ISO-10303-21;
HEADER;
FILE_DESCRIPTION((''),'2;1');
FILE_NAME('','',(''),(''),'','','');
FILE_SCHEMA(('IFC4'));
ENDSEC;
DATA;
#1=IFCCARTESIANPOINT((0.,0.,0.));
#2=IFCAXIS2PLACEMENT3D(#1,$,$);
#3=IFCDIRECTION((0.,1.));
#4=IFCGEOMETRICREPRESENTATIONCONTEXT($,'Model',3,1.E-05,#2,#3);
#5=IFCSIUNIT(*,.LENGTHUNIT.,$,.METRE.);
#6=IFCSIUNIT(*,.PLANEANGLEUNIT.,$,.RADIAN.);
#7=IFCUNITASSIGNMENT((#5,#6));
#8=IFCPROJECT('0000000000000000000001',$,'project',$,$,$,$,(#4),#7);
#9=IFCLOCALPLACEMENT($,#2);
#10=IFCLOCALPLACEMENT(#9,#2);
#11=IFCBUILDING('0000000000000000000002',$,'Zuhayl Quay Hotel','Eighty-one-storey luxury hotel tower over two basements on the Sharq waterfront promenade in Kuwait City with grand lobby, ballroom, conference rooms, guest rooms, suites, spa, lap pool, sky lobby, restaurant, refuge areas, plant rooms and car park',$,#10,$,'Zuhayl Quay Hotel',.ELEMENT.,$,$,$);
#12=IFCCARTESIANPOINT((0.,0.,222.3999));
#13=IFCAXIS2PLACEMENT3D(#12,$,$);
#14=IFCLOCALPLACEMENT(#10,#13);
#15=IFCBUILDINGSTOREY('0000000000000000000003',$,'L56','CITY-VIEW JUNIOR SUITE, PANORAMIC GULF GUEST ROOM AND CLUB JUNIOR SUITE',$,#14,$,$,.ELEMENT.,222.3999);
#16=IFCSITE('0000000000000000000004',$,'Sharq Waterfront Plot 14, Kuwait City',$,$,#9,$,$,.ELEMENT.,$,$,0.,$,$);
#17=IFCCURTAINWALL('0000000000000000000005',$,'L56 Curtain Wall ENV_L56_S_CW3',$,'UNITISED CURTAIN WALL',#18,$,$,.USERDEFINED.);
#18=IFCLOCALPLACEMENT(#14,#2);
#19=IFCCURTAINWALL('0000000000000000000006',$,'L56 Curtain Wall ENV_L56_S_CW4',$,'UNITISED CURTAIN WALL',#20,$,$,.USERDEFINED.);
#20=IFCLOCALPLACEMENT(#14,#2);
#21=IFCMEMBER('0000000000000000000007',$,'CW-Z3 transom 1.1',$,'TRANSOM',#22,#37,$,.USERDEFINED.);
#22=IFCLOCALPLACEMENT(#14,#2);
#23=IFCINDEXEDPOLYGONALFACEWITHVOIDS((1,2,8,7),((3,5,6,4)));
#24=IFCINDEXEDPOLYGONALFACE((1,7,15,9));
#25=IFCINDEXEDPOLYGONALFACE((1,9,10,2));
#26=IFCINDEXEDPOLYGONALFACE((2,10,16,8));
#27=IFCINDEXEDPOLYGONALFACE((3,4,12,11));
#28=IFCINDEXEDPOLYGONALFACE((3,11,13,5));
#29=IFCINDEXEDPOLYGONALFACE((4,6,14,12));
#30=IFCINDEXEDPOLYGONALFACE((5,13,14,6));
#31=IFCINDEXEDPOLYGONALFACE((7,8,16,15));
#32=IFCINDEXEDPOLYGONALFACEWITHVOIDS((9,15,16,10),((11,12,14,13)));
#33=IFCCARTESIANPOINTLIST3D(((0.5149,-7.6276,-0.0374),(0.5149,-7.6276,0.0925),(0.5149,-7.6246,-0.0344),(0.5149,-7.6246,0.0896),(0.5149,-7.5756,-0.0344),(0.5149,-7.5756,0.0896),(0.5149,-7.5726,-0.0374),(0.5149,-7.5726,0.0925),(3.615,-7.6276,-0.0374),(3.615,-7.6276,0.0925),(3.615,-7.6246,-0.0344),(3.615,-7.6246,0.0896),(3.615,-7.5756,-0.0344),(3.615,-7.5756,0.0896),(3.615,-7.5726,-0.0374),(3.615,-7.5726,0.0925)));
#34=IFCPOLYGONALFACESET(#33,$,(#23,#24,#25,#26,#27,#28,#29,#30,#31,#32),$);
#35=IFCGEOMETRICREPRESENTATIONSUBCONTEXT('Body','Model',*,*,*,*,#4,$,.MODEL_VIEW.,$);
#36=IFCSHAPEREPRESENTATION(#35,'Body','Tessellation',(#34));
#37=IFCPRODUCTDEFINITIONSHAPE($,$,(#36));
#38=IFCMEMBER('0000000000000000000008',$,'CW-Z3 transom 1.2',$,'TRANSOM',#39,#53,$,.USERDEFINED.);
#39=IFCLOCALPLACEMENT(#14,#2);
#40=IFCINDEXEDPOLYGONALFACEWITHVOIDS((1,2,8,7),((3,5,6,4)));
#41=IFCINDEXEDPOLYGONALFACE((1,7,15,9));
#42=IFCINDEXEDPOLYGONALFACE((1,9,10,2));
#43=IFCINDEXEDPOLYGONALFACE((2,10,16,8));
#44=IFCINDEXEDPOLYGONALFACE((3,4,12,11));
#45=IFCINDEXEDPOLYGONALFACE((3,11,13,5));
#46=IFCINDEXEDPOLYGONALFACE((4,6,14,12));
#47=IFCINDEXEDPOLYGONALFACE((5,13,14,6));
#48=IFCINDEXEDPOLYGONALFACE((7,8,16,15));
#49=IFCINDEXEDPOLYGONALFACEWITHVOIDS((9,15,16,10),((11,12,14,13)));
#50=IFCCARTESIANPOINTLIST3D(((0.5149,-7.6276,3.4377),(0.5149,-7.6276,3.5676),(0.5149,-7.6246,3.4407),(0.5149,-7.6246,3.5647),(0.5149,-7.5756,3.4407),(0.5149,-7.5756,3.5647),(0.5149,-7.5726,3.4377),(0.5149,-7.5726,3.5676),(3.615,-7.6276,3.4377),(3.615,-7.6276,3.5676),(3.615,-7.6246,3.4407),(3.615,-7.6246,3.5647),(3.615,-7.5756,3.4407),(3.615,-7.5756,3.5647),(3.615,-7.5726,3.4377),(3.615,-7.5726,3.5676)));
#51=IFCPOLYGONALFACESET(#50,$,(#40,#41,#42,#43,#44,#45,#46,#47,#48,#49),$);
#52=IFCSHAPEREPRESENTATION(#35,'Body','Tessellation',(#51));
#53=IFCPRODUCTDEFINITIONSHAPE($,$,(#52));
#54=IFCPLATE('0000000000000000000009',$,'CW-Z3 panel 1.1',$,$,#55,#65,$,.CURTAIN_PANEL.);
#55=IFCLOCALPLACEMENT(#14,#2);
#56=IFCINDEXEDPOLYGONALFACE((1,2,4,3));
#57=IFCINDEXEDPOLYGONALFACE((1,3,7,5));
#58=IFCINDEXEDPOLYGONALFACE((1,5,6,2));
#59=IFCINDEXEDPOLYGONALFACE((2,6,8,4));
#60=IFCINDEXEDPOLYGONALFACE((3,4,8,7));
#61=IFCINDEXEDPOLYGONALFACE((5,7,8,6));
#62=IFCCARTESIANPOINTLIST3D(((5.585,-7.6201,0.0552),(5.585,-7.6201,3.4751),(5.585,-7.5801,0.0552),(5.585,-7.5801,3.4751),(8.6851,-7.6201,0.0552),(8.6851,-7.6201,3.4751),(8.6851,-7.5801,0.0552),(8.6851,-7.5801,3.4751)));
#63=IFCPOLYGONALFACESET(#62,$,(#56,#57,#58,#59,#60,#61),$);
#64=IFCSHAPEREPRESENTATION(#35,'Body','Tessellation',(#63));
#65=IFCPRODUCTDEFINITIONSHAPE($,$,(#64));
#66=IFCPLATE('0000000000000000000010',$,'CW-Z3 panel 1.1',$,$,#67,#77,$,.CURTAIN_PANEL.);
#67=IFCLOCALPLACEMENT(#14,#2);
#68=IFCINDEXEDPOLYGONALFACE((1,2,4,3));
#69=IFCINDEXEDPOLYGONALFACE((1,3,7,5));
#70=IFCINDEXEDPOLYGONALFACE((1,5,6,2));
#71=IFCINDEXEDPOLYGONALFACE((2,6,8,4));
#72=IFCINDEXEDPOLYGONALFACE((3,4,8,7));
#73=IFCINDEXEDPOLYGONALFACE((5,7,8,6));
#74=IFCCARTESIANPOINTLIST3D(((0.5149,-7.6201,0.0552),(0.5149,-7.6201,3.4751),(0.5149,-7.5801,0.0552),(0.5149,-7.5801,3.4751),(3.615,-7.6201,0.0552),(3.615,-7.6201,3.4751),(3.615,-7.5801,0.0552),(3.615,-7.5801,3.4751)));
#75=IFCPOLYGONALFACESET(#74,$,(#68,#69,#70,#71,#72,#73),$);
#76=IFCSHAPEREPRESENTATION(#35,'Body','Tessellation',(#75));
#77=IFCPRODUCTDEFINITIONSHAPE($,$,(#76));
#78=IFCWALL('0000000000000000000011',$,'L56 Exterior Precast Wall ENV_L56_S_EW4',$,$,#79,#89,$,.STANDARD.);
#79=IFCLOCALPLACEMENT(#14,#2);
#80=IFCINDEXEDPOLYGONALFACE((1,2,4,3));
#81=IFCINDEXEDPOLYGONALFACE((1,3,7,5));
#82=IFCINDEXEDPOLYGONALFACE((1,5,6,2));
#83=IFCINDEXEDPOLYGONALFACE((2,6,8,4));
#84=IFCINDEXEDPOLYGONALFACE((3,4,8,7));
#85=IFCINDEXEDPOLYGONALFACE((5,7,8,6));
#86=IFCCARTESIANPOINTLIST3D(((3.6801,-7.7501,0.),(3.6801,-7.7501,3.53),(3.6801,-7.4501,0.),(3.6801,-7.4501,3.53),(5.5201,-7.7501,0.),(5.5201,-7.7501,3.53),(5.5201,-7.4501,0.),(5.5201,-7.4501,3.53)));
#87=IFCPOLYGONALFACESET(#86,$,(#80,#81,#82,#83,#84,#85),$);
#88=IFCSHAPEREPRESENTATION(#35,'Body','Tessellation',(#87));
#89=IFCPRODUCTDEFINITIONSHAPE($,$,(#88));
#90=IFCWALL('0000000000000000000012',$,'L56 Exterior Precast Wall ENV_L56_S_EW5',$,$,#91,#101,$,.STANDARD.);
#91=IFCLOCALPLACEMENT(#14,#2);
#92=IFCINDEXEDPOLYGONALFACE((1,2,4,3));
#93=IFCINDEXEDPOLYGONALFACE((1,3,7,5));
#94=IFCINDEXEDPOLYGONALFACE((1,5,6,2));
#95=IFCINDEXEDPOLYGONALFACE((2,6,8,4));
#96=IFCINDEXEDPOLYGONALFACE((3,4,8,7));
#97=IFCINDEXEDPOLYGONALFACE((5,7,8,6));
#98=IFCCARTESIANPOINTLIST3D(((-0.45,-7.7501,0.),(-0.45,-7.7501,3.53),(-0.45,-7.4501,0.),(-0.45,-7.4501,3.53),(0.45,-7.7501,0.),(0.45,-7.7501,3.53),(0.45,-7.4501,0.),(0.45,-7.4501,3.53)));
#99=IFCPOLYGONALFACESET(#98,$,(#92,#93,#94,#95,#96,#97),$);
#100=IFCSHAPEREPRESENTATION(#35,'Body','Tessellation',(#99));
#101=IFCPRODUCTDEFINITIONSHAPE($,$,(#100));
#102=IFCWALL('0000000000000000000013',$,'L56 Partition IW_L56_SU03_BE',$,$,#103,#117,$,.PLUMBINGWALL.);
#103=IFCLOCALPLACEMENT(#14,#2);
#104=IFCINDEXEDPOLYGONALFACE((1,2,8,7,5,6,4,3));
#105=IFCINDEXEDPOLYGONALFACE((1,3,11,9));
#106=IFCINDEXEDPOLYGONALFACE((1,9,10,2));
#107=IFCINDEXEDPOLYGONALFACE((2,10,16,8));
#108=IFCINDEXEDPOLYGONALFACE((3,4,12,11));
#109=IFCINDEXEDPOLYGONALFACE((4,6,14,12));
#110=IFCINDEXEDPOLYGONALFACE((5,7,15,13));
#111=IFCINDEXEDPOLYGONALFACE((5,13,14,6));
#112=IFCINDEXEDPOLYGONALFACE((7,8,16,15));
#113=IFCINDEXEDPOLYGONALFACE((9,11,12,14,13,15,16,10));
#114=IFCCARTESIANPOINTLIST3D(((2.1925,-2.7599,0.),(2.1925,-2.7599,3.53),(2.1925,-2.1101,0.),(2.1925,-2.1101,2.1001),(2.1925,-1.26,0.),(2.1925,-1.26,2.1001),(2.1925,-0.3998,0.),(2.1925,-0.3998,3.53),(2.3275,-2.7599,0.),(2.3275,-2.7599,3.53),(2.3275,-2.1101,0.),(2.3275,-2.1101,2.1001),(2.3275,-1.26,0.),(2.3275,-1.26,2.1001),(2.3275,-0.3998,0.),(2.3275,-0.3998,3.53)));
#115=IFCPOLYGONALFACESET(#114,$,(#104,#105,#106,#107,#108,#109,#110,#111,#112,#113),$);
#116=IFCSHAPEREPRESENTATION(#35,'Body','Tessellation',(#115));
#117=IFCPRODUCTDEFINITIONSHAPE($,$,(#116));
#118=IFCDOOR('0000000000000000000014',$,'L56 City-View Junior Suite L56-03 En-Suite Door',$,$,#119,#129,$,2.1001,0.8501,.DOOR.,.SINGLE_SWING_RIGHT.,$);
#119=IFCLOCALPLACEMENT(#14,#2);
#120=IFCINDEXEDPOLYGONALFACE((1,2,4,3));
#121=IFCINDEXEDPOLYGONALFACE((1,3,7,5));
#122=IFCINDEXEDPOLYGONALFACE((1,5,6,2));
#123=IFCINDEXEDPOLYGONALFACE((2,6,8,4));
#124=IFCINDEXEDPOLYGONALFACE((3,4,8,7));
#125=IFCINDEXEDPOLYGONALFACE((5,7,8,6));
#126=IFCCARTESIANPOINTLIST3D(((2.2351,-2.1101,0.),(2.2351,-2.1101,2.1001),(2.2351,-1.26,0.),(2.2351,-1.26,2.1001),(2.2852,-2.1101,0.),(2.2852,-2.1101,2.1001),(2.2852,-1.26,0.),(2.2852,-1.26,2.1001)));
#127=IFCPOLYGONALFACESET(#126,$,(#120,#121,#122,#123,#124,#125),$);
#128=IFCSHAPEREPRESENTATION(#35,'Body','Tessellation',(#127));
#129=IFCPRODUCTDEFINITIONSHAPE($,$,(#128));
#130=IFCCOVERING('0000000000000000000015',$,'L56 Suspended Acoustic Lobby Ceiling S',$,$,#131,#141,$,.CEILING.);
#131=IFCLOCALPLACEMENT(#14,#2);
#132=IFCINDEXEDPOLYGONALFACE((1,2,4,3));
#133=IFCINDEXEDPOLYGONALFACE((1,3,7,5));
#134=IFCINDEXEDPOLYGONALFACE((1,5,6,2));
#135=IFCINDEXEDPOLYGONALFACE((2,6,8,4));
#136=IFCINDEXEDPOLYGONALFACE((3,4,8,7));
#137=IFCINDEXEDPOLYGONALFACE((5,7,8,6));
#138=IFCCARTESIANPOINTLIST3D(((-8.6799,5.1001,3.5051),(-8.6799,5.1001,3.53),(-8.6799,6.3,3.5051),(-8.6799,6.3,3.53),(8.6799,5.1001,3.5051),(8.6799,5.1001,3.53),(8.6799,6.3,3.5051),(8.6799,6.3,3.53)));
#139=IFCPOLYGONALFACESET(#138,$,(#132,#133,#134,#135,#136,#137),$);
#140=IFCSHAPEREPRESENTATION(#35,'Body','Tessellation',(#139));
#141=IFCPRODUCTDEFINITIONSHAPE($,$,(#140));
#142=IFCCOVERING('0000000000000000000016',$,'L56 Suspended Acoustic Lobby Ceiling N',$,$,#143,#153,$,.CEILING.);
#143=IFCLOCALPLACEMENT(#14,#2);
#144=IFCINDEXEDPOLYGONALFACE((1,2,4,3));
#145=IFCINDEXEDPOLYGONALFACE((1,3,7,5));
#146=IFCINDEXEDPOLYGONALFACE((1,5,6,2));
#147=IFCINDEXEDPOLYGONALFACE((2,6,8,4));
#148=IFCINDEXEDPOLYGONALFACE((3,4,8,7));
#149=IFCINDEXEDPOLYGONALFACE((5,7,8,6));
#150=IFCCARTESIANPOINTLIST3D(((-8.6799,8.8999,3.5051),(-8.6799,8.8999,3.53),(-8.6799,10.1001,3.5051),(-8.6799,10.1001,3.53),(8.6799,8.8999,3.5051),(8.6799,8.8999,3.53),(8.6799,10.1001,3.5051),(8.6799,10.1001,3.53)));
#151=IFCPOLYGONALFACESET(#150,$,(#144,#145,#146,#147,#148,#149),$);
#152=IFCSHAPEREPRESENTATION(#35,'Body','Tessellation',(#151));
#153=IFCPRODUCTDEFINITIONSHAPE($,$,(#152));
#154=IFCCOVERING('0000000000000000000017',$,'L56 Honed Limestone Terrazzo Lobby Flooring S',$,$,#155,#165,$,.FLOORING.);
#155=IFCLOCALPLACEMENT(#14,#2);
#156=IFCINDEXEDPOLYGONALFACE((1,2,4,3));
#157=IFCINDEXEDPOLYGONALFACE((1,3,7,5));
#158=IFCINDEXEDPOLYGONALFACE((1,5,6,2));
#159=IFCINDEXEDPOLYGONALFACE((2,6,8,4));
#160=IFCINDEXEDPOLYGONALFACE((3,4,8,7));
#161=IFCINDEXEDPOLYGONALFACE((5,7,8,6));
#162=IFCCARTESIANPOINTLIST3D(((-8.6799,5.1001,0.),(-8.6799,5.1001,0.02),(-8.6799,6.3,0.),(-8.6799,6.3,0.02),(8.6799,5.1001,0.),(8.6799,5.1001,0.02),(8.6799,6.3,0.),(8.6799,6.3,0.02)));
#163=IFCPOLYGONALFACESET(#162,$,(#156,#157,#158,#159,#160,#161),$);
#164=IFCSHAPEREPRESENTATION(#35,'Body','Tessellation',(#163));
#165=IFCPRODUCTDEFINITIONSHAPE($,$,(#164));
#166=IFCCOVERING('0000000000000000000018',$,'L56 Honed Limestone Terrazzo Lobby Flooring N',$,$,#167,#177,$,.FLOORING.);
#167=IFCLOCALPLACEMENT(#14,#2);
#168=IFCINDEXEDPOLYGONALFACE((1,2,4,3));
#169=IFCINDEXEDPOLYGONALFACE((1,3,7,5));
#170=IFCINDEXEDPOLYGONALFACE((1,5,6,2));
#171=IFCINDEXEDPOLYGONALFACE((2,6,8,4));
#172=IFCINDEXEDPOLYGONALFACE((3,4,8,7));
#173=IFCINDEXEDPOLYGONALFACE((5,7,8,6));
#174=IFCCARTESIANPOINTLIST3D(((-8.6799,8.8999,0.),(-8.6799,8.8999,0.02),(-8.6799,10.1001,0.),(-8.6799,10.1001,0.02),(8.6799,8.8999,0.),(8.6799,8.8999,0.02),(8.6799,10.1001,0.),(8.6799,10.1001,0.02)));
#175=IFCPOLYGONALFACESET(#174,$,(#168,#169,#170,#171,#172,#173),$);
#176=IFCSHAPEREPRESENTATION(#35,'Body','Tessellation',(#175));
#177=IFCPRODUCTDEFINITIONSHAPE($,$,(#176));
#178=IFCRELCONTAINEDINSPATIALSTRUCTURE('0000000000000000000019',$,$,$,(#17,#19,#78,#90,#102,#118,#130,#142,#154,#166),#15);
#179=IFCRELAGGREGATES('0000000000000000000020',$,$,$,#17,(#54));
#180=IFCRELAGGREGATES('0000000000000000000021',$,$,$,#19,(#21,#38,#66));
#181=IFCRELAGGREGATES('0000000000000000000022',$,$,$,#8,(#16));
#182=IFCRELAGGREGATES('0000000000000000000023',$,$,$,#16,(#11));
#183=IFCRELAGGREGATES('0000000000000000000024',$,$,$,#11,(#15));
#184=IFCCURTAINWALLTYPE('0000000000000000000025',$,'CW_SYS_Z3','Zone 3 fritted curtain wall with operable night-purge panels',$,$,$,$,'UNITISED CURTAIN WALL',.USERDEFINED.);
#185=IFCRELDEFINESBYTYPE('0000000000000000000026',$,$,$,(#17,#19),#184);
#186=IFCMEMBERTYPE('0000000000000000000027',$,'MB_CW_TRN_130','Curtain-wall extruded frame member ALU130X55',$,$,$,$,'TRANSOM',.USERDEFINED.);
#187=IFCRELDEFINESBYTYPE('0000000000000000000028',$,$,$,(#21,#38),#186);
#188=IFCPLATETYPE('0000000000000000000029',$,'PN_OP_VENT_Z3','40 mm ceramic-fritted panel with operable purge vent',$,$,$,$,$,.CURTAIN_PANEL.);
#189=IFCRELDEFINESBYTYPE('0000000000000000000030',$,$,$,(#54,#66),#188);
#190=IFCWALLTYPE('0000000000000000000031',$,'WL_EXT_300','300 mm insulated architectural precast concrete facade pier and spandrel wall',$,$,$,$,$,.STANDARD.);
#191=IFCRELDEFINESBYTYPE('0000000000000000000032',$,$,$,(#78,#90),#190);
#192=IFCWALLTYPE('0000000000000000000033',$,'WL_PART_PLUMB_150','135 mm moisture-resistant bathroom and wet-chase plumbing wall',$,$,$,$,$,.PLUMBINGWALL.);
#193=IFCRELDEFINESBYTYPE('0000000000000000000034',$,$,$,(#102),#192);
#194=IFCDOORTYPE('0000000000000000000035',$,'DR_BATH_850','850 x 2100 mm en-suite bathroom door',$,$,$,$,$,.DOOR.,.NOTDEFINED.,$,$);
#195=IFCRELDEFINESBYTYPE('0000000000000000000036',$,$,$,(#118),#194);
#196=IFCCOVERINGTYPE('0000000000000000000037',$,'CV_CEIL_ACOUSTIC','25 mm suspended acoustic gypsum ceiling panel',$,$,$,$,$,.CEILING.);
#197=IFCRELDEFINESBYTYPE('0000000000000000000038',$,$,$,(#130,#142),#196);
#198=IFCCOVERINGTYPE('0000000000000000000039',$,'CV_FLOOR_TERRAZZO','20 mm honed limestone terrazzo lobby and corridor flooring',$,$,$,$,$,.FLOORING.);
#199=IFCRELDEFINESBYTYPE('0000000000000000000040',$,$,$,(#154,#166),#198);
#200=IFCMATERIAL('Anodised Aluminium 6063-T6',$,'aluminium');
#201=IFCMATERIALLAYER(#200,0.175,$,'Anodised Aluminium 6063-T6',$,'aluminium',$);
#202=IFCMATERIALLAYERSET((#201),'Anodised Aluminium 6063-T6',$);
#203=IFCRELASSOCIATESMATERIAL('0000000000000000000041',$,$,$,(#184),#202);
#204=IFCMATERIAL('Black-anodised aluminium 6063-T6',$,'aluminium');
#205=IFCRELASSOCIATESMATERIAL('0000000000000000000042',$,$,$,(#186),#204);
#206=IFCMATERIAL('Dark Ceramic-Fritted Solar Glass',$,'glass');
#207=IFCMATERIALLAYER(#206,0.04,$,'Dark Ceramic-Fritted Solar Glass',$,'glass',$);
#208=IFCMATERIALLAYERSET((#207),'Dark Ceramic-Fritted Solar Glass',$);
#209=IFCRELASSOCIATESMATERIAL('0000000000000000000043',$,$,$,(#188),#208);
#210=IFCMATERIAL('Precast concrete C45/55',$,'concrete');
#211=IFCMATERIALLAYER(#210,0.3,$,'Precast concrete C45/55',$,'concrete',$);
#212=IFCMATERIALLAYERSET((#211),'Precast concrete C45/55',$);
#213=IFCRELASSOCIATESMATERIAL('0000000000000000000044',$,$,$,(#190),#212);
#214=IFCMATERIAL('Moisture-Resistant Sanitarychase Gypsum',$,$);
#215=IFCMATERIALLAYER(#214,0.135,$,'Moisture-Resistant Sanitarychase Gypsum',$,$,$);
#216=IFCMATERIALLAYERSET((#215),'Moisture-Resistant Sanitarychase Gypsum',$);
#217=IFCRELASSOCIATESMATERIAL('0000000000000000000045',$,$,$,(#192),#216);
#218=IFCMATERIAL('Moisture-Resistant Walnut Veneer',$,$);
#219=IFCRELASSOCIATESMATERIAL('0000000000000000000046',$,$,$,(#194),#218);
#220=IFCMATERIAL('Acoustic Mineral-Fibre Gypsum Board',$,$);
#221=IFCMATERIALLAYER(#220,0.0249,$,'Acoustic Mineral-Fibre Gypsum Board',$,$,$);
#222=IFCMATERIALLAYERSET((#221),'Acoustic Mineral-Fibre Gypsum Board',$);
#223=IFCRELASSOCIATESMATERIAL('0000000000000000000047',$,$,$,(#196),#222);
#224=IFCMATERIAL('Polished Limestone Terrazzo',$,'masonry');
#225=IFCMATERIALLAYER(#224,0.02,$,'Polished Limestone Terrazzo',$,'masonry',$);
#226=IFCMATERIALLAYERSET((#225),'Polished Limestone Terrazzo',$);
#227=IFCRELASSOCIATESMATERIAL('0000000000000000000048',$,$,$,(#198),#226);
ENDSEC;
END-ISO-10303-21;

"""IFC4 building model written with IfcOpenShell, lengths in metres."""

from ifc_helpers import new_model, si_unit, direction, frame, frame_2d, origin, origin_2d, place, context, subcontext, project, spatial, polyline, rectangle, hollow_rectangle, outline, extrude, material, layer, layer_set, material_profile, profile_set, type_object, element, fill, aggregate, save


model = new_model("IFC4")

# Units and contexts
model_context = context("Model", 3, precision=1e-05, world=origin(), true_north=direction((0.0, 1.0)))
body_context = subcontext(model_context, "Body", "Model", "MODEL_VIEW")
ifc_project = project(units=[si_unit("LENGTHUNIT", "METRE"), si_unit("PLANEANGLEUNIT", "RADIAN")], contexts=[model_context])

# Site, building, storey
site_placement = place(None, origin())
site = spatial("IfcSite", under=ifc_project, at=site_placement, Name="Sharq Waterfront Plot 14, Kuwait City", CompositionType="ELEMENT", RefElevation=0.0)
building_placement = place(site_placement, origin())
building = spatial("IfcBuilding", under=site, at=building_placement, Name="Zuhayl Quay Hotel", Description="Eighty-one-storey luxury hotel tower over two basements on the Sharq waterfront promenade in Kuwait City with grand lobby, ballroom, conference rooms, guest rooms, suites, spa, lap pool, sky lobby, restaurant, refuge areas, plant rooms and car park", LongName="Zuhayl Quay Hotel", CompositionType="ELEMENT")
storey_placement = place(building_placement, frame((0.0, 0.0, 222.3999)))
storey = spatial("IfcBuildingStorey", under=building, at=storey_placement, Name="L56", Description="CITY-VIEW JUNIOR SUITE, PANORAMIC GULF GUEST ROOM AND CLUB JUNIOR SUITE", CompositionType="ELEMENT", Elevation=222.3999)

# Curtain walls
ifc_material_1 = material(Name="Anodised Aluminium 6063-T6", Category="aluminium")
ifc_layer_1 = layer(ifc_material_1, 0.175, Name="Anodised Aluminium 6063-T6", Category="aluminium")
ifc_layer_set_1 = layer_set([ifc_layer_1], Name="Anodised Aluminium 6063-T6")
curtain_wall_type = type_object("IfcCurtainWallType", Name="CW_SYS_Z3", Description="Zone 3 fritted curtain wall with operable night-purge panels", ElementType="UNITISED CURTAIN WALL", PredefinedType="USERDEFINED", material=ifc_layer_set_1)
curtain_wall_1_placement = place(storey_placement, origin())
curtain_wall_1 = element("IfcCurtainWall", 1, at=curtain_wall_1_placement, inside=storey, type_object=curtain_wall_type, Name="L56 Curtain Wall ENV_L56_S_CW3", ObjectType="UNITISED CURTAIN WALL", PredefinedType="USERDEFINED")
ifc_material_2 = material(Name="Black-anodised aluminium 6063-T6", Category="aluminium")
curtain_wall_2_placement = place(storey_placement, origin())
curtain_wall_2 = element("IfcCurtainWall", 2, at=curtain_wall_2_placement, inside=storey, type_object=curtain_wall_type, Name="L56 Curtain Wall ENV_L56_S_CW4", ObjectType="UNITISED CURTAIN WALL", PredefinedType="USERDEFINED")

# Members
ifc_material_profile_1 = material_profile(ifc_material_2, hollow_rectangle(XDim=0.0549, YDim=0.1299, WallThickness=0.0029, at=origin_2d()), Name="ALU130X55")
ifc_profile_set_1 = profile_set([ifc_material_profile_1], Name="Black-anodised aluminium 6063-T6")
member_type_1 = type_object("IfcMemberType", Name="MB_CW_TRN_130", Description="Curtain-wall extruded frame member ALU130X55", ElementType="TRANSOM", PredefinedType="USERDEFINED", material=ifc_profile_set_1)
member_1_placement = place(storey_placement, frame((3.615, -7.6001, 0.0276), z_axis=(-1.0, 0.0, 0.0), x_axis=(0.0, -1.0, 0.0)))
member_1 = element("IfcMember", 3, at=member_1_placement, type_object=member_type_1, Name="CW-Z3 transom 1.1", ObjectType="TRANSOM", PredefinedType="USERDEFINED", context=body_context, shape_type="SweptSolid", body=[
    extrude(hollow_rectangle(XDim=0.0549, YDim=0.1299, WallThickness=0.0029, at=origin_2d()), origin(), (0.0, 0.0, 1.0), 3.1001),
])
member_2_placement = place(storey_placement, frame((3.615, -7.6001, 3.5027), z_axis=(-1.0, 0.0, 0.0), x_axis=(0.0, -1.0, 0.0)))
member_2 = element("IfcMember", 4, at=member_2_placement, type_object=member_type_1, Name="CW-Z3 transom 1.2", ObjectType="TRANSOM", PredefinedType="USERDEFINED", context=body_context, shape_type="SweptSolid", body=[
    extrude(hollow_rectangle(XDim=0.0549, YDim=0.1299, WallThickness=0.0029, at=origin_2d()), origin(), (0.0, 0.0, 1.0), 3.1001),
])

# Plates
ifc_material_3 = material(Name="Dark Ceramic-Fritted Solar Glass", Category="glass")
ifc_layer_2 = layer(ifc_material_3, 0.04, Name="Dark Ceramic-Fritted Solar Glass", Category="glass")
ifc_layer_set_2 = layer_set([ifc_layer_2], Name="Dark Ceramic-Fritted Solar Glass")
plate_type = type_object("IfcPlateType", Name="PN_OP_VENT_Z3", Description="40 mm ceramic-fritted panel with operable purge vent", PredefinedType="CURTAIN_PANEL", material=ifc_layer_set_2)
plate_1_placement = place(storey_placement, frame((7.135, -7.6001, 0.0552), z_axis=(0.0, 0.0, 1.0), x_axis=(-1.0, 0.0, 0.0)))
plate_1 = element("IfcPlate", 5, at=plate_1_placement, type_object=plate_type, Name="CW-Z3 panel 1.1", PredefinedType="CURTAIN_PANEL", context=body_context, shape_type="SweptSolid", body=[
    extrude(rectangle(XDim=3.1001, YDim=0.04, at=origin_2d()), origin(), (0.0, 0.0, 1.0), 3.4199),
])
aggregate(curtain_wall_1, [plate_1])
plate_2_placement = place(storey_placement, frame((2.0649, -7.6001, 0.0552), z_axis=(0.0, 0.0, 1.0), x_axis=(-1.0, 0.0, 0.0)))
plate_2 = element("IfcPlate", 6, at=plate_2_placement, type_object=plate_type, Name="CW-Z3 panel 1.1", PredefinedType="CURTAIN_PANEL", context=body_context, shape_type="SweptSolid", body=[
    extrude(rectangle(XDim=3.1001, YDim=0.04, at=origin_2d()), origin(), (0.0, 0.0, 1.0), 3.4199),
])
aggregate(curtain_wall_2, [member_1, member_2, plate_2])

# Walls
ifc_material_4 = material(Name="Precast concrete C45/55", Category="concrete")
ifc_layer_3 = layer(ifc_material_4, 0.3, Name="Precast concrete C45/55", Category="concrete")
ifc_layer_set_3 = layer_set([ifc_layer_3], Name="Precast concrete C45/55")
wall_type_1 = type_object("IfcWallType", Name="WL_EXT_300", Description="300 mm insulated architectural precast concrete facade pier and spandrel wall", PredefinedType="STANDARD", material=ifc_layer_set_3)
wall_1_placement = place(storey_placement, frame((5.52, -7.6001, 0.0), z_axis=(0.0, 0.0, 1.0), x_axis=(-1.0, 0.0, 0.0)))
element("IfcWall", 7, at=wall_1_placement, inside=storey, type_object=wall_type_1, Name="L56 Exterior Precast Wall ENV_L56_S_EW4", PredefinedType="STANDARD", context=body_context, shape_type="SweptSolid", body=[
    extrude(rectangle(XDim=1.8401, YDim=0.3, at=frame_2d((0.9199, 0.0))), origin(), (0.0, 0.0, 1.0), 3.53),
])
wall_2_placement = place(storey_placement, frame((0.45, -7.6001, 0.0), z_axis=(0.0, 0.0, 1.0), x_axis=(-1.0, 0.0, 0.0)))
element("IfcWall", 8, at=wall_2_placement, inside=storey, type_object=wall_type_1, Name="L56 Exterior Precast Wall ENV_L56_S_EW5", PredefinedType="STANDARD", context=body_context, shape_type="SweptSolid", body=[
    extrude(rectangle(XDim=0.8999, YDim=0.3, at=frame_2d((0.45, 0.0))), origin(), (0.0, 0.0, 1.0), 3.53),
])

# Wall, opening, door
ifc_material_5 = material(Name="Moisture-Resistant Sanitarychase Gypsum")
ifc_layer_4 = layer(ifc_material_5, 0.135, Name="Moisture-Resistant Sanitarychase Gypsum")
ifc_layer_set_4 = layer_set([ifc_layer_4], Name="Moisture-Resistant Sanitarychase Gypsum")
wall_type_2 = type_object("IfcWallType", Name="WL_PART_PLUMB_150", Description="135 mm moisture-resistant bathroom and wet-chase plumbing wall", PredefinedType="PLUMBINGWALL", material=ifc_layer_set_4)
wall_3_placement = place(storey_placement, frame((2.26, -2.76, 0.0), z_axis=(0.0, 0.0, 1.0), x_axis=(0.0, 1.0, 0.0)))
wall_3 = element("IfcWall", 9, at=wall_3_placement, inside=storey, type_object=wall_type_2, Name="L56 Partition IW_L56_SU03_BE", PredefinedType="PLUMBINGWALL", context=body_context, shape_type="SweptSolid", body=[
    extrude(rectangle(XDim=2.3601, YDim=0.135, at=frame_2d((1.1802, 0.0))), origin(), (0.0, 0.0, 1.0), 3.53),
])
opening_placement = place(wall_3_placement, frame((0.6499, 0.0, 0.0)))
opening = element("IfcOpeningElement", 10, at=opening_placement, cuts=wall_3, PredefinedType="OPENING", context=body_context, shape_type="SweptSolid", body=[
    extrude(rectangle(XDim=0.8501, YDim=2.1001, at=frame_2d((0.425, 1.05))), frame((0.0, 0.0774, 0.0), z_axis=(0.0, -1.0, 0.0), x_axis=(1.0, 0.0, 0.0)), (0.0, 0.0, 1.0), 0.155),
])
ifc_material_6 = material(Name="Moisture-Resistant Walnut Veneer")
door_type = type_object("IfcDoorType", Name="DR_BATH_850", Description="850 x 2100 mm en-suite bathroom door", OperationType="NOTDEFINED", PredefinedType="DOOR", material=ifc_material_6)
door_placement = place(opening_placement, origin())
door = element("IfcDoor", 11, at=door_placement, inside=storey, type_object=door_type, Name="L56 City-View Junior Suite L56-03 En-Suite Door", OperationType="SINGLE_SWING_RIGHT", OverallHeight=2.1001, OverallWidth=0.8501, PredefinedType="DOOR", context=body_context, shape_type="SweptSolid", body=[
    extrude(rectangle(XDim=0.8501, YDim=2.1001, at=frame_2d((0.425, 1.05))), frame((0.0, 0.0249, 0.0), z_axis=(0.0, -1.0, 0.0), x_axis=(1.0, 0.0, 0.0)), (0.0, 0.0, 1.0), 0.05),
])
fill(opening, door)

# Coverings
ifc_material_7 = material(Name="Acoustic Mineral-Fibre Gypsum Board")
ifc_layer_5 = layer(ifc_material_7, 0.0249, Name="Acoustic Mineral-Fibre Gypsum Board")
ifc_layer_set_5 = layer_set([ifc_layer_5], Name="Acoustic Mineral-Fibre Gypsum Board")
covering_type_1 = type_object("IfcCoveringType", Name="CV_CEIL_ACOUSTIC", Description="25 mm suspended acoustic gypsum ceiling panel", PredefinedType="CEILING", material=ifc_layer_set_5)
covering_1_placement = place(storey_placement, frame((0.0, 0.0, 3.5051)))
element("IfcCovering", 12, at=covering_1_placement, inside=storey, type_object=covering_type_1, Name="L56 Suspended Acoustic Lobby Ceiling S", PredefinedType="CEILING", context=body_context, shape_type="SweptSolid", body=[
    extrude(outline(polyline([(-8.6799, 5.1001), (8.6799, 5.1001), (8.6799, 6.3), (-8.6799, 6.3), (-8.6799, 5.1001)])), origin(), (0.0, 0.0, 1.0), 0.0249),
])
covering_2_placement = place(storey_placement, frame((0.0, 0.0, 3.5051)))
element("IfcCovering", 13, at=covering_2_placement, inside=storey, type_object=covering_type_1, Name="L56 Suspended Acoustic Lobby Ceiling N", PredefinedType="CEILING", context=body_context, shape_type="SweptSolid", body=[
    extrude(outline(polyline([(-8.6799, 8.8999), (8.6799, 8.8999), (8.6799, 10.1001), (-8.6799, 10.1001), (-8.6799, 8.8999)])), origin(), (0.0, 0.0, 1.0), 0.0249),
])
ifc_material_8 = material(Name="Polished Limestone Terrazzo", Category="masonry")
ifc_layer_6 = layer(ifc_material_8, 0.02, Name="Polished Limestone Terrazzo", Category="masonry")
ifc_layer_set_6 = layer_set([ifc_layer_6], Name="Polished Limestone Terrazzo")
covering_type_2 = type_object("IfcCoveringType", Name="CV_FLOOR_TERRAZZO", Description="20 mm honed limestone terrazzo lobby and corridor flooring", PredefinedType="FLOORING", material=ifc_layer_set_6)
covering_3_placement = place(storey_placement, origin())
element("IfcCovering", 14, at=covering_3_placement, inside=storey, type_object=covering_type_2, Name="L56 Honed Limestone Terrazzo Lobby Flooring S", PredefinedType="FLOORING", context=body_context, shape_type="SweptSolid", body=[
    extrude(outline(polyline([(-8.6799, 5.1001), (8.6799, 5.1001), (8.6799, 6.3), (-8.6799, 6.3), (-8.6799, 5.1001)])), origin(), (0.0, 0.0, 1.0), 0.02),
])
covering_4_placement = place(storey_placement, origin())
element("IfcCovering", 15, at=covering_4_placement, inside=storey, type_object=covering_type_2, Name="L56 Honed Limestone Terrazzo Lobby Flooring N", PredefinedType="FLOORING", context=body_context, shape_type="SweptSolid", body=[
    extrude(outline(polyline([(-8.6799, 8.8999), (8.6799, 8.8999), (8.6799, 10.1001), (-8.6799, 10.1001), (-8.6799, 8.8999)])), origin(), (0.0, 0.0, 1.0), 0.02),
])

save(model, "model.ifc")
